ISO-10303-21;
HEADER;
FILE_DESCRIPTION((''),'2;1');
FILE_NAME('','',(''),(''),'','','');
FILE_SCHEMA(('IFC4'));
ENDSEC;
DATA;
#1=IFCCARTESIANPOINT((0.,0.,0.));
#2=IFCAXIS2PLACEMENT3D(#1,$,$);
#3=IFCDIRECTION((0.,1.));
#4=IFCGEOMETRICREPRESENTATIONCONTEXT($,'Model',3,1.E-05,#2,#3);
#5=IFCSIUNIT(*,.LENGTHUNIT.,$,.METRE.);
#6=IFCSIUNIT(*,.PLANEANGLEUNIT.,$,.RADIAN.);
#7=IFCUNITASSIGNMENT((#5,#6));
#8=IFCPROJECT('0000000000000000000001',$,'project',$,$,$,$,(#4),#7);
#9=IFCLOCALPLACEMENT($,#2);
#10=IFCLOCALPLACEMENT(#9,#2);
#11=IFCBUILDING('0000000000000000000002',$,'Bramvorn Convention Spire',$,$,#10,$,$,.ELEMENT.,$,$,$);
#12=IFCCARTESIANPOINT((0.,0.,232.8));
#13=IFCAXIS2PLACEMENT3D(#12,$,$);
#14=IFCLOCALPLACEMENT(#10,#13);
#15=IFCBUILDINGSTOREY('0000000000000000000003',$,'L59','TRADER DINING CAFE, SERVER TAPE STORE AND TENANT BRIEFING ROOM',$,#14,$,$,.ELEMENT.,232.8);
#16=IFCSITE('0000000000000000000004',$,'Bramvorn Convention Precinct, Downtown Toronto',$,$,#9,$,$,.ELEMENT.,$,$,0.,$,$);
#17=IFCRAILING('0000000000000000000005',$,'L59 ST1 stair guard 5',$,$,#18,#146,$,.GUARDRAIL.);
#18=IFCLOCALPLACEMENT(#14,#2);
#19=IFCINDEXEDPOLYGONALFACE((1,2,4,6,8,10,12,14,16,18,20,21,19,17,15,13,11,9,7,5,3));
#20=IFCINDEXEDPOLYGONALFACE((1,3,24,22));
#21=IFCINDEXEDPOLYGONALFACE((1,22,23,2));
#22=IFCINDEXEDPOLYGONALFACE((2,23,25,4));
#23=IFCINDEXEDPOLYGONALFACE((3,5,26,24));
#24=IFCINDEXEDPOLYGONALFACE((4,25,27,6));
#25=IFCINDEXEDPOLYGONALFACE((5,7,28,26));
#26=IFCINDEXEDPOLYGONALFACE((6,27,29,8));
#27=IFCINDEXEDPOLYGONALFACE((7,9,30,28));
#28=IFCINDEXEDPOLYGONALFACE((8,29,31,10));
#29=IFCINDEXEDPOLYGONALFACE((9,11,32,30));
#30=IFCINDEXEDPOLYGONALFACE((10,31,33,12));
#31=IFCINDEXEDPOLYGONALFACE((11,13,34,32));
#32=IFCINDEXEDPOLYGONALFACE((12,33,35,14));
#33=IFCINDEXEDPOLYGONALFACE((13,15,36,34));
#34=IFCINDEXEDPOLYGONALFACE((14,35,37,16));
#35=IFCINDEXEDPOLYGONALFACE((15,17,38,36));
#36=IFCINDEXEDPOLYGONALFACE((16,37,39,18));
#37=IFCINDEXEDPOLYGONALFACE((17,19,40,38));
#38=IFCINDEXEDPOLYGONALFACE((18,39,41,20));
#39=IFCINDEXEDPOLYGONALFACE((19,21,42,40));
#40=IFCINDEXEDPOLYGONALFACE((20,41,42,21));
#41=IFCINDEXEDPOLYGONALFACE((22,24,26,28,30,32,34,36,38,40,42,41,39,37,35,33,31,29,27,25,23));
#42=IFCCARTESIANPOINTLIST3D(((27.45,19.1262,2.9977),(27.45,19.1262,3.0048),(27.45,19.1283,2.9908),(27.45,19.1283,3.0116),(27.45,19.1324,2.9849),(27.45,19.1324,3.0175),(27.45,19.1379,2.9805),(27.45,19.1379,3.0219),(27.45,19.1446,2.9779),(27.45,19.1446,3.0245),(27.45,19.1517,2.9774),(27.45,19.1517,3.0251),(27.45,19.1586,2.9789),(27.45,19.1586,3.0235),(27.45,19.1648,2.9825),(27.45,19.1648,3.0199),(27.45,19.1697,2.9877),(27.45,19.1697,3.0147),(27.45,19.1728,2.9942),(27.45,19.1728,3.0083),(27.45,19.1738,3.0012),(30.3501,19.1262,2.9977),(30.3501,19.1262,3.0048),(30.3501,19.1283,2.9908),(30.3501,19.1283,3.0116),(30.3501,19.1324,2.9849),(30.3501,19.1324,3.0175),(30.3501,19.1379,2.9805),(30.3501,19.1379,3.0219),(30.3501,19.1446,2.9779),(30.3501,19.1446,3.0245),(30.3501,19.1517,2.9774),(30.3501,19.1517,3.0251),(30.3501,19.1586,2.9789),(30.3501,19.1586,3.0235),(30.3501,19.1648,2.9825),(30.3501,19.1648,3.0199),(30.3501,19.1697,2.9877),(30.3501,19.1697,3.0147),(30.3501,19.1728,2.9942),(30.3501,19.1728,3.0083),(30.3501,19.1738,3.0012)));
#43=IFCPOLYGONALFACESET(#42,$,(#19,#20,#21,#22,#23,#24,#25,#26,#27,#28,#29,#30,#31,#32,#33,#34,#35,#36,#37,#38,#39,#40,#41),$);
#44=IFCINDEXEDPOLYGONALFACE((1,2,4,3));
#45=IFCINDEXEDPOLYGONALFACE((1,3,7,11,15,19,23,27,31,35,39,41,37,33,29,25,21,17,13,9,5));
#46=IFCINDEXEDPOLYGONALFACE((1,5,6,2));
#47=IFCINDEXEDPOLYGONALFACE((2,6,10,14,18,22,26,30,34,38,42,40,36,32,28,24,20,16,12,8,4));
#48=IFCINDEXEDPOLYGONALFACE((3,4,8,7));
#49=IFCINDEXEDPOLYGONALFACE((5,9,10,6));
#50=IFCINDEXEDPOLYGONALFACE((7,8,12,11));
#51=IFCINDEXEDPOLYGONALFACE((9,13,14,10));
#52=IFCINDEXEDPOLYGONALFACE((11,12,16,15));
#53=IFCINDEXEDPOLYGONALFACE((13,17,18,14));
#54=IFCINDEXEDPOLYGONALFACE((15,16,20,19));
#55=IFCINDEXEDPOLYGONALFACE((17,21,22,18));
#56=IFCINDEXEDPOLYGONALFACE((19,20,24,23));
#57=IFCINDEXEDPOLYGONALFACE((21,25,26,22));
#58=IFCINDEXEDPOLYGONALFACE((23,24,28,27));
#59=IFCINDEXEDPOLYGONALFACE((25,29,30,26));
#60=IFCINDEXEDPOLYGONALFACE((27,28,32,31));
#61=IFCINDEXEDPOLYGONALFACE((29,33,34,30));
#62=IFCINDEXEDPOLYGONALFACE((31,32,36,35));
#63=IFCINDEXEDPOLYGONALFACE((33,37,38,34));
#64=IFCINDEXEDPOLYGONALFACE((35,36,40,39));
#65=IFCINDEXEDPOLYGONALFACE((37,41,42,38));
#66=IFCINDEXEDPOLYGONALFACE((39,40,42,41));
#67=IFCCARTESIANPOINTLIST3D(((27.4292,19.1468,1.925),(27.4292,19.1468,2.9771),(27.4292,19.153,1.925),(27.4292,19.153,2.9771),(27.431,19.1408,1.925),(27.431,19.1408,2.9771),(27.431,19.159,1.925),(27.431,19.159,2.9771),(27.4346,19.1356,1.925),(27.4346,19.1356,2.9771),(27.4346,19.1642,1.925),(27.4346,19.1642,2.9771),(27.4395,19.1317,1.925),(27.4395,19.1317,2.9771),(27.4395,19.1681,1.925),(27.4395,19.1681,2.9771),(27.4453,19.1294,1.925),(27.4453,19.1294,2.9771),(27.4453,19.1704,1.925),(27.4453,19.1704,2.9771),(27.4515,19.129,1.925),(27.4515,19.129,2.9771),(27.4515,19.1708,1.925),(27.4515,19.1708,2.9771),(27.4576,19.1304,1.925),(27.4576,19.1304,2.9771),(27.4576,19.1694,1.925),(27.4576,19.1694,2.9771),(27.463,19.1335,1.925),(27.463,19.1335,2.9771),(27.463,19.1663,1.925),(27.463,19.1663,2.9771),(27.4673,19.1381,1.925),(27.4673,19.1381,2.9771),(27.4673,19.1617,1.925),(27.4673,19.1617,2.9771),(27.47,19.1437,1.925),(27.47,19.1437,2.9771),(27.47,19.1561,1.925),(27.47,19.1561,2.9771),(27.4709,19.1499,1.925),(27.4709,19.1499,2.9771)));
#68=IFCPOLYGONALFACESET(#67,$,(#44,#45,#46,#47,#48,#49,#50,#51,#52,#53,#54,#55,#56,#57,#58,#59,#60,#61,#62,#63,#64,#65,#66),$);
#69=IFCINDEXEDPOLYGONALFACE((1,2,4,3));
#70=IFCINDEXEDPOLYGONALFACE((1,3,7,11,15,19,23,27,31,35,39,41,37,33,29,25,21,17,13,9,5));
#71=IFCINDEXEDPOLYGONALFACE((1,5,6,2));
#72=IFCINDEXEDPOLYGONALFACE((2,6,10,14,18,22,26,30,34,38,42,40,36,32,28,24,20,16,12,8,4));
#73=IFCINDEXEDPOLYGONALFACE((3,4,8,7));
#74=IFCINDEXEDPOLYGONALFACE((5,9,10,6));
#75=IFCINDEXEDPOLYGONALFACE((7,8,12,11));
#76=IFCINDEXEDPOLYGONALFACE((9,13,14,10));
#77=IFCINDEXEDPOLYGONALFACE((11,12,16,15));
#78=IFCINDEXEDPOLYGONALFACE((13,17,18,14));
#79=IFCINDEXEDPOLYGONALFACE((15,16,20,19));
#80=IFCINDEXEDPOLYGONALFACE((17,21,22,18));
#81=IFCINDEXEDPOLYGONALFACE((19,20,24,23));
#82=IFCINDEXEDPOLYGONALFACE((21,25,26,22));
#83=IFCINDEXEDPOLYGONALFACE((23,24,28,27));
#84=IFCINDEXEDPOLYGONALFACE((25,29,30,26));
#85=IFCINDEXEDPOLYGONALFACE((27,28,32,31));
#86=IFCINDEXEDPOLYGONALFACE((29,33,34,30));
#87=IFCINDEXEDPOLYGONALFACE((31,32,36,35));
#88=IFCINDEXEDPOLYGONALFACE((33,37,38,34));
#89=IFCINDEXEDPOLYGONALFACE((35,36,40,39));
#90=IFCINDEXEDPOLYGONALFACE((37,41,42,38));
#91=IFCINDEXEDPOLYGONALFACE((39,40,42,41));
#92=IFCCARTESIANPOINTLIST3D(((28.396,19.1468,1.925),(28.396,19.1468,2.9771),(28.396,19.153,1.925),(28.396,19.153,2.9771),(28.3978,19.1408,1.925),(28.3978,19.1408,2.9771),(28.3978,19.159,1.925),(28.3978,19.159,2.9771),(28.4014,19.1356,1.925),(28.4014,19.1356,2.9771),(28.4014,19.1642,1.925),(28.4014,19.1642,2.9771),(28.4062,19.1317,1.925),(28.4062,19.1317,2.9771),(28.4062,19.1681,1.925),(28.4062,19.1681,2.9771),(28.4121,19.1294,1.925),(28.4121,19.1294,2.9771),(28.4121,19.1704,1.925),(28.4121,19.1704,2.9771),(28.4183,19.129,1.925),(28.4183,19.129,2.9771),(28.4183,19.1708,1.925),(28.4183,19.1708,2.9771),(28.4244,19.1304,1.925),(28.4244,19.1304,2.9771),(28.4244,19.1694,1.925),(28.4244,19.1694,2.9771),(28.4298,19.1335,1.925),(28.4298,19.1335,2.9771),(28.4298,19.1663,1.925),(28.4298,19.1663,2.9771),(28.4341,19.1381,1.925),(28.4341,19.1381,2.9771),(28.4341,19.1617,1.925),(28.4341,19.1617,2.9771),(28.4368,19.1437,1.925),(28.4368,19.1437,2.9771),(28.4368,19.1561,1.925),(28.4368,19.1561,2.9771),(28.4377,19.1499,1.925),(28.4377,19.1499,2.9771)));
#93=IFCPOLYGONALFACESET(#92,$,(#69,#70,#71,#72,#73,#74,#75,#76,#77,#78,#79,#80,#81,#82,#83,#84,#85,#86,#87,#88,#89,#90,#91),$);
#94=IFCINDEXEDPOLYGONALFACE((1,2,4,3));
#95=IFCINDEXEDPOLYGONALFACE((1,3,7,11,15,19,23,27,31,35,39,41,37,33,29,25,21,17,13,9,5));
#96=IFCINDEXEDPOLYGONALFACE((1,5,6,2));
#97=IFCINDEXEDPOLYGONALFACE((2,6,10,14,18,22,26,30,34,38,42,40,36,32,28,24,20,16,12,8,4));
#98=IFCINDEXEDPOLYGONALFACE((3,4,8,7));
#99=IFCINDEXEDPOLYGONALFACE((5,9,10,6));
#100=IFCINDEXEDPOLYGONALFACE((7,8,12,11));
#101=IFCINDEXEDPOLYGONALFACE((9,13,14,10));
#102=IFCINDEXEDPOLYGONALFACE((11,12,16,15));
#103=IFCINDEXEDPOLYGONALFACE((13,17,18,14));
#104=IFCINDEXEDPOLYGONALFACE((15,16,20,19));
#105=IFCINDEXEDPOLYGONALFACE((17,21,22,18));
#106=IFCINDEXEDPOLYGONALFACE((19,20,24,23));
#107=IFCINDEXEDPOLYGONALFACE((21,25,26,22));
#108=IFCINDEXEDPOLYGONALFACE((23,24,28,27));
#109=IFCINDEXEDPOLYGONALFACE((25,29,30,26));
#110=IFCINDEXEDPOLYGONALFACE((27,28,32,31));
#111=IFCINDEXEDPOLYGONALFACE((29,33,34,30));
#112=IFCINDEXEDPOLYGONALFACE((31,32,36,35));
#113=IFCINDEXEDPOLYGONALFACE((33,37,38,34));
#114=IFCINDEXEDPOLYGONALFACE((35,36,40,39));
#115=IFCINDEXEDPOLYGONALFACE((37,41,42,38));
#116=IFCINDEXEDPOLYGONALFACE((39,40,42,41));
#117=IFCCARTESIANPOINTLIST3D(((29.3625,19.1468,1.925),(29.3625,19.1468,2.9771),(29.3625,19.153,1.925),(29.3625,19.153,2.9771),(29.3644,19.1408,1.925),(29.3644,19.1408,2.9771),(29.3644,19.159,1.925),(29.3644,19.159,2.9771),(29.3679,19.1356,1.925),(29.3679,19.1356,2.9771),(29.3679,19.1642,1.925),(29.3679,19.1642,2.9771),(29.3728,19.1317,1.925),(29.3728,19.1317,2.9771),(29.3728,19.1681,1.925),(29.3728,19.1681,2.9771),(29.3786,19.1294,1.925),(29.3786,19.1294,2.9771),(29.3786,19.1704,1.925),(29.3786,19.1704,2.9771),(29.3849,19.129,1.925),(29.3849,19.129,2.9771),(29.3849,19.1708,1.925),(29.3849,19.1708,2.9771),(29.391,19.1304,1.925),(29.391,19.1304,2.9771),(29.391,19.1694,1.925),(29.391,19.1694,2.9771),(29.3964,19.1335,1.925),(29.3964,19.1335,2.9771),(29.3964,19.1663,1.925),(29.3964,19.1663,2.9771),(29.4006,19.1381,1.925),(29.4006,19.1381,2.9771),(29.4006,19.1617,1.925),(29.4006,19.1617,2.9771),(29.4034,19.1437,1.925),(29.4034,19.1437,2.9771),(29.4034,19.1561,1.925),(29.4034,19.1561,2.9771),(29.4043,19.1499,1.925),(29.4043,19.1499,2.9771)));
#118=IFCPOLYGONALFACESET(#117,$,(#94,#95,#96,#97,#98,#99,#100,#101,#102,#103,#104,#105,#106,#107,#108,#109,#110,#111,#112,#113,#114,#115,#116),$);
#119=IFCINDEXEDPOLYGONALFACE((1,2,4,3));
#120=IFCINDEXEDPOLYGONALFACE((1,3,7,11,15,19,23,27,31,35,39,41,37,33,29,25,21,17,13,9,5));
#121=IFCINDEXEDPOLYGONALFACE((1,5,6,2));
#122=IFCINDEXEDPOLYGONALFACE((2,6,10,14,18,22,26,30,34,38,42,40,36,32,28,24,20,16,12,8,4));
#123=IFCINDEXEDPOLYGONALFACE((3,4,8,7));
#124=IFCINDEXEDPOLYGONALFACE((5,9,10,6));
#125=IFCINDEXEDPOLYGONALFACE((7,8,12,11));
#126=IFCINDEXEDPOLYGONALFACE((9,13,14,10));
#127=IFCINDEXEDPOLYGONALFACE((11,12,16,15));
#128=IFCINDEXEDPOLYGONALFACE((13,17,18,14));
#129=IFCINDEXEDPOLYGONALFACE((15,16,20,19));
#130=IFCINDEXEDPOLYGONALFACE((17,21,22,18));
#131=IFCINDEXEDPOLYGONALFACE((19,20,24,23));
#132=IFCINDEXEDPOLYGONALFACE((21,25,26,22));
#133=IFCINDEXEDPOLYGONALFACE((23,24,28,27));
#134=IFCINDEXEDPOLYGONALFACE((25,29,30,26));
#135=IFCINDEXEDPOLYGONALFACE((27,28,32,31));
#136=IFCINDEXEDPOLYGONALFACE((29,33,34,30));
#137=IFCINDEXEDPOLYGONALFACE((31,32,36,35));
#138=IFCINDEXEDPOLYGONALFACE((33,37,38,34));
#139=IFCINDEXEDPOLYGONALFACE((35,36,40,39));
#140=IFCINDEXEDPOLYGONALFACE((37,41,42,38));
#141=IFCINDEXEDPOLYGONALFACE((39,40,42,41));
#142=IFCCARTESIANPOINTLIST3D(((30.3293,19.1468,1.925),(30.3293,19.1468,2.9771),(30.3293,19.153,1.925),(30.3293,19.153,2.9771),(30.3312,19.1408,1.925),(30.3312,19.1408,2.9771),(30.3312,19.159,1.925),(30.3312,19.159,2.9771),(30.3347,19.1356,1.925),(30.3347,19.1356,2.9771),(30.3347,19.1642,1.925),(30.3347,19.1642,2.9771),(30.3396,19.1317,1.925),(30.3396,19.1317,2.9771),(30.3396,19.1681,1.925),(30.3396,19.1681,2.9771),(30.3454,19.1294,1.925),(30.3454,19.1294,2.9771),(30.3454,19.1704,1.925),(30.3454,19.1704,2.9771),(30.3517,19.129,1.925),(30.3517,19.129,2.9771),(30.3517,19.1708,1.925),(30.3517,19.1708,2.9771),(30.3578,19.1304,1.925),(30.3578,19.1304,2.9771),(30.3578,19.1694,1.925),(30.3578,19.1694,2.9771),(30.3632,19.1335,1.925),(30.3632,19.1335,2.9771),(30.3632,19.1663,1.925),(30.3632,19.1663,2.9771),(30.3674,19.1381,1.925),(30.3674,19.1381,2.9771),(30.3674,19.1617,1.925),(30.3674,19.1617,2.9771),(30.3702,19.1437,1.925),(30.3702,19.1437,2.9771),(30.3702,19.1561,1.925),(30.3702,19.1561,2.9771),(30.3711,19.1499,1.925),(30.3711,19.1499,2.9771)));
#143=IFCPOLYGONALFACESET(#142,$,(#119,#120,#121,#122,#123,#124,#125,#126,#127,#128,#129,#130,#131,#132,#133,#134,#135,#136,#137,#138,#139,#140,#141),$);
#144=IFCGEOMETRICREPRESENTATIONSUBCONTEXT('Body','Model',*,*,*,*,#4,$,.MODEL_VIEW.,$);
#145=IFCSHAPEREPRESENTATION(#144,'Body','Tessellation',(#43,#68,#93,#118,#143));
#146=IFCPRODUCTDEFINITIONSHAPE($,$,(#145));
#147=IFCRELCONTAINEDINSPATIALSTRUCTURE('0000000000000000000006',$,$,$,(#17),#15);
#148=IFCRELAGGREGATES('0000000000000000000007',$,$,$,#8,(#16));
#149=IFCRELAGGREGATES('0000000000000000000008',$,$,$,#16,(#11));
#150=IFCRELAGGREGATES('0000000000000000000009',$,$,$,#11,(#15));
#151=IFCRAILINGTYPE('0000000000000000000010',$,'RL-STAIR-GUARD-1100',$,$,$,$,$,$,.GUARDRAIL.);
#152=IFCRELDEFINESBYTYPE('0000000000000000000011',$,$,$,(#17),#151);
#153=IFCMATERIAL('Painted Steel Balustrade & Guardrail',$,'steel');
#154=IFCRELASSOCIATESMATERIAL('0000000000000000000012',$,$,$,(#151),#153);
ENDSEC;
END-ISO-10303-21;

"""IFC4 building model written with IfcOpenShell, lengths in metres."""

from ifc_helpers import new_model, si_unit, direction, frame, origin, origin_2d, place, context, subcontext, project, spatial, circle, extrude, material, type_object, element, save


model = new_model("IFC4")

# Units and contexts
model_context = context("Model", 3, precision=1e-05, world=origin(), true_north=direction((0.0, 1.0)))
body_context = subcontext(model_context, "Body", "Model", "MODEL_VIEW")
ifc_project = project(units=[si_unit("LENGTHUNIT", "METRE"), si_unit("PLANEANGLEUNIT", "RADIAN")], contexts=[model_context])

# Site, building, storey
site_placement = place(None, origin())
site = spatial("IfcSite", under=ifc_project, at=site_placement, Name="Bramvorn Convention Precinct, Downtown Toronto", CompositionType="ELEMENT", RefElevation=0.0)
building_placement = place(site_placement, origin())
building = spatial("IfcBuilding", under=site, at=building_placement, Name="Bramvorn Convention Spire", CompositionType="ELEMENT")
storey_placement = place(building_placement, frame((0.0, 0.0, 232.8)))
storey = spatial("IfcBuildingStorey", under=building, at=storey_placement, Name="L59", Description="TRADER DINING CAFE, SERVER TAPE STORE AND TENANT BRIEFING ROOM", CompositionType="ELEMENT", Elevation=232.8)

# Railing
ifc_material_1 = material(Name="Painted Steel Balustrade & Guardrail", Category="steel")
railing_type_1 = type_object("IfcRailingType", Name="RL-STAIR-GUARD-1100", PredefinedType="GUARDRAIL", material=ifc_material_1)
railing_1_placement = place(storey_placement, frame((27.45, 19.1499, 1.925)))
element("IfcRailing", 1, at=railing_1_placement, inside=storey, type_object=railing_type_1, Name="L59 ST1 stair guard 5", PredefinedType="GUARDRAIL", context=body_context, shape_type="SweptSolid", body=[
    extrude(circle(Radius=0.0239, at=origin_2d()), frame((0.0, 0.0, 1.0762), z_axis=(1.0, 0.0, 0.0), x_axis=(0.0, 1.0, 0.0)), (0.0, 0.0, 1.0), 2.9001),
    extrude(circle(Radius=0.021, at=origin_2d()), origin(), (0.0, 0.0, 1.0), 1.052),
    extrude(circle(Radius=0.021, at=origin_2d()), frame((0.9668, 0.0, 0.0)), (0.0, 0.0, 1.0), 1.052),
    extrude(circle(Radius=0.021, at=origin_2d()), frame((1.9333, 0.0, 0.0)), (0.0, 0.0, 1.0), 1.052),
    extrude(circle(Radius=0.021, at=origin_2d()), frame((2.9001, 0.0, 0.0)), (0.0, 0.0, 1.0), 1.052),
])

save(model, "model.ifc")
